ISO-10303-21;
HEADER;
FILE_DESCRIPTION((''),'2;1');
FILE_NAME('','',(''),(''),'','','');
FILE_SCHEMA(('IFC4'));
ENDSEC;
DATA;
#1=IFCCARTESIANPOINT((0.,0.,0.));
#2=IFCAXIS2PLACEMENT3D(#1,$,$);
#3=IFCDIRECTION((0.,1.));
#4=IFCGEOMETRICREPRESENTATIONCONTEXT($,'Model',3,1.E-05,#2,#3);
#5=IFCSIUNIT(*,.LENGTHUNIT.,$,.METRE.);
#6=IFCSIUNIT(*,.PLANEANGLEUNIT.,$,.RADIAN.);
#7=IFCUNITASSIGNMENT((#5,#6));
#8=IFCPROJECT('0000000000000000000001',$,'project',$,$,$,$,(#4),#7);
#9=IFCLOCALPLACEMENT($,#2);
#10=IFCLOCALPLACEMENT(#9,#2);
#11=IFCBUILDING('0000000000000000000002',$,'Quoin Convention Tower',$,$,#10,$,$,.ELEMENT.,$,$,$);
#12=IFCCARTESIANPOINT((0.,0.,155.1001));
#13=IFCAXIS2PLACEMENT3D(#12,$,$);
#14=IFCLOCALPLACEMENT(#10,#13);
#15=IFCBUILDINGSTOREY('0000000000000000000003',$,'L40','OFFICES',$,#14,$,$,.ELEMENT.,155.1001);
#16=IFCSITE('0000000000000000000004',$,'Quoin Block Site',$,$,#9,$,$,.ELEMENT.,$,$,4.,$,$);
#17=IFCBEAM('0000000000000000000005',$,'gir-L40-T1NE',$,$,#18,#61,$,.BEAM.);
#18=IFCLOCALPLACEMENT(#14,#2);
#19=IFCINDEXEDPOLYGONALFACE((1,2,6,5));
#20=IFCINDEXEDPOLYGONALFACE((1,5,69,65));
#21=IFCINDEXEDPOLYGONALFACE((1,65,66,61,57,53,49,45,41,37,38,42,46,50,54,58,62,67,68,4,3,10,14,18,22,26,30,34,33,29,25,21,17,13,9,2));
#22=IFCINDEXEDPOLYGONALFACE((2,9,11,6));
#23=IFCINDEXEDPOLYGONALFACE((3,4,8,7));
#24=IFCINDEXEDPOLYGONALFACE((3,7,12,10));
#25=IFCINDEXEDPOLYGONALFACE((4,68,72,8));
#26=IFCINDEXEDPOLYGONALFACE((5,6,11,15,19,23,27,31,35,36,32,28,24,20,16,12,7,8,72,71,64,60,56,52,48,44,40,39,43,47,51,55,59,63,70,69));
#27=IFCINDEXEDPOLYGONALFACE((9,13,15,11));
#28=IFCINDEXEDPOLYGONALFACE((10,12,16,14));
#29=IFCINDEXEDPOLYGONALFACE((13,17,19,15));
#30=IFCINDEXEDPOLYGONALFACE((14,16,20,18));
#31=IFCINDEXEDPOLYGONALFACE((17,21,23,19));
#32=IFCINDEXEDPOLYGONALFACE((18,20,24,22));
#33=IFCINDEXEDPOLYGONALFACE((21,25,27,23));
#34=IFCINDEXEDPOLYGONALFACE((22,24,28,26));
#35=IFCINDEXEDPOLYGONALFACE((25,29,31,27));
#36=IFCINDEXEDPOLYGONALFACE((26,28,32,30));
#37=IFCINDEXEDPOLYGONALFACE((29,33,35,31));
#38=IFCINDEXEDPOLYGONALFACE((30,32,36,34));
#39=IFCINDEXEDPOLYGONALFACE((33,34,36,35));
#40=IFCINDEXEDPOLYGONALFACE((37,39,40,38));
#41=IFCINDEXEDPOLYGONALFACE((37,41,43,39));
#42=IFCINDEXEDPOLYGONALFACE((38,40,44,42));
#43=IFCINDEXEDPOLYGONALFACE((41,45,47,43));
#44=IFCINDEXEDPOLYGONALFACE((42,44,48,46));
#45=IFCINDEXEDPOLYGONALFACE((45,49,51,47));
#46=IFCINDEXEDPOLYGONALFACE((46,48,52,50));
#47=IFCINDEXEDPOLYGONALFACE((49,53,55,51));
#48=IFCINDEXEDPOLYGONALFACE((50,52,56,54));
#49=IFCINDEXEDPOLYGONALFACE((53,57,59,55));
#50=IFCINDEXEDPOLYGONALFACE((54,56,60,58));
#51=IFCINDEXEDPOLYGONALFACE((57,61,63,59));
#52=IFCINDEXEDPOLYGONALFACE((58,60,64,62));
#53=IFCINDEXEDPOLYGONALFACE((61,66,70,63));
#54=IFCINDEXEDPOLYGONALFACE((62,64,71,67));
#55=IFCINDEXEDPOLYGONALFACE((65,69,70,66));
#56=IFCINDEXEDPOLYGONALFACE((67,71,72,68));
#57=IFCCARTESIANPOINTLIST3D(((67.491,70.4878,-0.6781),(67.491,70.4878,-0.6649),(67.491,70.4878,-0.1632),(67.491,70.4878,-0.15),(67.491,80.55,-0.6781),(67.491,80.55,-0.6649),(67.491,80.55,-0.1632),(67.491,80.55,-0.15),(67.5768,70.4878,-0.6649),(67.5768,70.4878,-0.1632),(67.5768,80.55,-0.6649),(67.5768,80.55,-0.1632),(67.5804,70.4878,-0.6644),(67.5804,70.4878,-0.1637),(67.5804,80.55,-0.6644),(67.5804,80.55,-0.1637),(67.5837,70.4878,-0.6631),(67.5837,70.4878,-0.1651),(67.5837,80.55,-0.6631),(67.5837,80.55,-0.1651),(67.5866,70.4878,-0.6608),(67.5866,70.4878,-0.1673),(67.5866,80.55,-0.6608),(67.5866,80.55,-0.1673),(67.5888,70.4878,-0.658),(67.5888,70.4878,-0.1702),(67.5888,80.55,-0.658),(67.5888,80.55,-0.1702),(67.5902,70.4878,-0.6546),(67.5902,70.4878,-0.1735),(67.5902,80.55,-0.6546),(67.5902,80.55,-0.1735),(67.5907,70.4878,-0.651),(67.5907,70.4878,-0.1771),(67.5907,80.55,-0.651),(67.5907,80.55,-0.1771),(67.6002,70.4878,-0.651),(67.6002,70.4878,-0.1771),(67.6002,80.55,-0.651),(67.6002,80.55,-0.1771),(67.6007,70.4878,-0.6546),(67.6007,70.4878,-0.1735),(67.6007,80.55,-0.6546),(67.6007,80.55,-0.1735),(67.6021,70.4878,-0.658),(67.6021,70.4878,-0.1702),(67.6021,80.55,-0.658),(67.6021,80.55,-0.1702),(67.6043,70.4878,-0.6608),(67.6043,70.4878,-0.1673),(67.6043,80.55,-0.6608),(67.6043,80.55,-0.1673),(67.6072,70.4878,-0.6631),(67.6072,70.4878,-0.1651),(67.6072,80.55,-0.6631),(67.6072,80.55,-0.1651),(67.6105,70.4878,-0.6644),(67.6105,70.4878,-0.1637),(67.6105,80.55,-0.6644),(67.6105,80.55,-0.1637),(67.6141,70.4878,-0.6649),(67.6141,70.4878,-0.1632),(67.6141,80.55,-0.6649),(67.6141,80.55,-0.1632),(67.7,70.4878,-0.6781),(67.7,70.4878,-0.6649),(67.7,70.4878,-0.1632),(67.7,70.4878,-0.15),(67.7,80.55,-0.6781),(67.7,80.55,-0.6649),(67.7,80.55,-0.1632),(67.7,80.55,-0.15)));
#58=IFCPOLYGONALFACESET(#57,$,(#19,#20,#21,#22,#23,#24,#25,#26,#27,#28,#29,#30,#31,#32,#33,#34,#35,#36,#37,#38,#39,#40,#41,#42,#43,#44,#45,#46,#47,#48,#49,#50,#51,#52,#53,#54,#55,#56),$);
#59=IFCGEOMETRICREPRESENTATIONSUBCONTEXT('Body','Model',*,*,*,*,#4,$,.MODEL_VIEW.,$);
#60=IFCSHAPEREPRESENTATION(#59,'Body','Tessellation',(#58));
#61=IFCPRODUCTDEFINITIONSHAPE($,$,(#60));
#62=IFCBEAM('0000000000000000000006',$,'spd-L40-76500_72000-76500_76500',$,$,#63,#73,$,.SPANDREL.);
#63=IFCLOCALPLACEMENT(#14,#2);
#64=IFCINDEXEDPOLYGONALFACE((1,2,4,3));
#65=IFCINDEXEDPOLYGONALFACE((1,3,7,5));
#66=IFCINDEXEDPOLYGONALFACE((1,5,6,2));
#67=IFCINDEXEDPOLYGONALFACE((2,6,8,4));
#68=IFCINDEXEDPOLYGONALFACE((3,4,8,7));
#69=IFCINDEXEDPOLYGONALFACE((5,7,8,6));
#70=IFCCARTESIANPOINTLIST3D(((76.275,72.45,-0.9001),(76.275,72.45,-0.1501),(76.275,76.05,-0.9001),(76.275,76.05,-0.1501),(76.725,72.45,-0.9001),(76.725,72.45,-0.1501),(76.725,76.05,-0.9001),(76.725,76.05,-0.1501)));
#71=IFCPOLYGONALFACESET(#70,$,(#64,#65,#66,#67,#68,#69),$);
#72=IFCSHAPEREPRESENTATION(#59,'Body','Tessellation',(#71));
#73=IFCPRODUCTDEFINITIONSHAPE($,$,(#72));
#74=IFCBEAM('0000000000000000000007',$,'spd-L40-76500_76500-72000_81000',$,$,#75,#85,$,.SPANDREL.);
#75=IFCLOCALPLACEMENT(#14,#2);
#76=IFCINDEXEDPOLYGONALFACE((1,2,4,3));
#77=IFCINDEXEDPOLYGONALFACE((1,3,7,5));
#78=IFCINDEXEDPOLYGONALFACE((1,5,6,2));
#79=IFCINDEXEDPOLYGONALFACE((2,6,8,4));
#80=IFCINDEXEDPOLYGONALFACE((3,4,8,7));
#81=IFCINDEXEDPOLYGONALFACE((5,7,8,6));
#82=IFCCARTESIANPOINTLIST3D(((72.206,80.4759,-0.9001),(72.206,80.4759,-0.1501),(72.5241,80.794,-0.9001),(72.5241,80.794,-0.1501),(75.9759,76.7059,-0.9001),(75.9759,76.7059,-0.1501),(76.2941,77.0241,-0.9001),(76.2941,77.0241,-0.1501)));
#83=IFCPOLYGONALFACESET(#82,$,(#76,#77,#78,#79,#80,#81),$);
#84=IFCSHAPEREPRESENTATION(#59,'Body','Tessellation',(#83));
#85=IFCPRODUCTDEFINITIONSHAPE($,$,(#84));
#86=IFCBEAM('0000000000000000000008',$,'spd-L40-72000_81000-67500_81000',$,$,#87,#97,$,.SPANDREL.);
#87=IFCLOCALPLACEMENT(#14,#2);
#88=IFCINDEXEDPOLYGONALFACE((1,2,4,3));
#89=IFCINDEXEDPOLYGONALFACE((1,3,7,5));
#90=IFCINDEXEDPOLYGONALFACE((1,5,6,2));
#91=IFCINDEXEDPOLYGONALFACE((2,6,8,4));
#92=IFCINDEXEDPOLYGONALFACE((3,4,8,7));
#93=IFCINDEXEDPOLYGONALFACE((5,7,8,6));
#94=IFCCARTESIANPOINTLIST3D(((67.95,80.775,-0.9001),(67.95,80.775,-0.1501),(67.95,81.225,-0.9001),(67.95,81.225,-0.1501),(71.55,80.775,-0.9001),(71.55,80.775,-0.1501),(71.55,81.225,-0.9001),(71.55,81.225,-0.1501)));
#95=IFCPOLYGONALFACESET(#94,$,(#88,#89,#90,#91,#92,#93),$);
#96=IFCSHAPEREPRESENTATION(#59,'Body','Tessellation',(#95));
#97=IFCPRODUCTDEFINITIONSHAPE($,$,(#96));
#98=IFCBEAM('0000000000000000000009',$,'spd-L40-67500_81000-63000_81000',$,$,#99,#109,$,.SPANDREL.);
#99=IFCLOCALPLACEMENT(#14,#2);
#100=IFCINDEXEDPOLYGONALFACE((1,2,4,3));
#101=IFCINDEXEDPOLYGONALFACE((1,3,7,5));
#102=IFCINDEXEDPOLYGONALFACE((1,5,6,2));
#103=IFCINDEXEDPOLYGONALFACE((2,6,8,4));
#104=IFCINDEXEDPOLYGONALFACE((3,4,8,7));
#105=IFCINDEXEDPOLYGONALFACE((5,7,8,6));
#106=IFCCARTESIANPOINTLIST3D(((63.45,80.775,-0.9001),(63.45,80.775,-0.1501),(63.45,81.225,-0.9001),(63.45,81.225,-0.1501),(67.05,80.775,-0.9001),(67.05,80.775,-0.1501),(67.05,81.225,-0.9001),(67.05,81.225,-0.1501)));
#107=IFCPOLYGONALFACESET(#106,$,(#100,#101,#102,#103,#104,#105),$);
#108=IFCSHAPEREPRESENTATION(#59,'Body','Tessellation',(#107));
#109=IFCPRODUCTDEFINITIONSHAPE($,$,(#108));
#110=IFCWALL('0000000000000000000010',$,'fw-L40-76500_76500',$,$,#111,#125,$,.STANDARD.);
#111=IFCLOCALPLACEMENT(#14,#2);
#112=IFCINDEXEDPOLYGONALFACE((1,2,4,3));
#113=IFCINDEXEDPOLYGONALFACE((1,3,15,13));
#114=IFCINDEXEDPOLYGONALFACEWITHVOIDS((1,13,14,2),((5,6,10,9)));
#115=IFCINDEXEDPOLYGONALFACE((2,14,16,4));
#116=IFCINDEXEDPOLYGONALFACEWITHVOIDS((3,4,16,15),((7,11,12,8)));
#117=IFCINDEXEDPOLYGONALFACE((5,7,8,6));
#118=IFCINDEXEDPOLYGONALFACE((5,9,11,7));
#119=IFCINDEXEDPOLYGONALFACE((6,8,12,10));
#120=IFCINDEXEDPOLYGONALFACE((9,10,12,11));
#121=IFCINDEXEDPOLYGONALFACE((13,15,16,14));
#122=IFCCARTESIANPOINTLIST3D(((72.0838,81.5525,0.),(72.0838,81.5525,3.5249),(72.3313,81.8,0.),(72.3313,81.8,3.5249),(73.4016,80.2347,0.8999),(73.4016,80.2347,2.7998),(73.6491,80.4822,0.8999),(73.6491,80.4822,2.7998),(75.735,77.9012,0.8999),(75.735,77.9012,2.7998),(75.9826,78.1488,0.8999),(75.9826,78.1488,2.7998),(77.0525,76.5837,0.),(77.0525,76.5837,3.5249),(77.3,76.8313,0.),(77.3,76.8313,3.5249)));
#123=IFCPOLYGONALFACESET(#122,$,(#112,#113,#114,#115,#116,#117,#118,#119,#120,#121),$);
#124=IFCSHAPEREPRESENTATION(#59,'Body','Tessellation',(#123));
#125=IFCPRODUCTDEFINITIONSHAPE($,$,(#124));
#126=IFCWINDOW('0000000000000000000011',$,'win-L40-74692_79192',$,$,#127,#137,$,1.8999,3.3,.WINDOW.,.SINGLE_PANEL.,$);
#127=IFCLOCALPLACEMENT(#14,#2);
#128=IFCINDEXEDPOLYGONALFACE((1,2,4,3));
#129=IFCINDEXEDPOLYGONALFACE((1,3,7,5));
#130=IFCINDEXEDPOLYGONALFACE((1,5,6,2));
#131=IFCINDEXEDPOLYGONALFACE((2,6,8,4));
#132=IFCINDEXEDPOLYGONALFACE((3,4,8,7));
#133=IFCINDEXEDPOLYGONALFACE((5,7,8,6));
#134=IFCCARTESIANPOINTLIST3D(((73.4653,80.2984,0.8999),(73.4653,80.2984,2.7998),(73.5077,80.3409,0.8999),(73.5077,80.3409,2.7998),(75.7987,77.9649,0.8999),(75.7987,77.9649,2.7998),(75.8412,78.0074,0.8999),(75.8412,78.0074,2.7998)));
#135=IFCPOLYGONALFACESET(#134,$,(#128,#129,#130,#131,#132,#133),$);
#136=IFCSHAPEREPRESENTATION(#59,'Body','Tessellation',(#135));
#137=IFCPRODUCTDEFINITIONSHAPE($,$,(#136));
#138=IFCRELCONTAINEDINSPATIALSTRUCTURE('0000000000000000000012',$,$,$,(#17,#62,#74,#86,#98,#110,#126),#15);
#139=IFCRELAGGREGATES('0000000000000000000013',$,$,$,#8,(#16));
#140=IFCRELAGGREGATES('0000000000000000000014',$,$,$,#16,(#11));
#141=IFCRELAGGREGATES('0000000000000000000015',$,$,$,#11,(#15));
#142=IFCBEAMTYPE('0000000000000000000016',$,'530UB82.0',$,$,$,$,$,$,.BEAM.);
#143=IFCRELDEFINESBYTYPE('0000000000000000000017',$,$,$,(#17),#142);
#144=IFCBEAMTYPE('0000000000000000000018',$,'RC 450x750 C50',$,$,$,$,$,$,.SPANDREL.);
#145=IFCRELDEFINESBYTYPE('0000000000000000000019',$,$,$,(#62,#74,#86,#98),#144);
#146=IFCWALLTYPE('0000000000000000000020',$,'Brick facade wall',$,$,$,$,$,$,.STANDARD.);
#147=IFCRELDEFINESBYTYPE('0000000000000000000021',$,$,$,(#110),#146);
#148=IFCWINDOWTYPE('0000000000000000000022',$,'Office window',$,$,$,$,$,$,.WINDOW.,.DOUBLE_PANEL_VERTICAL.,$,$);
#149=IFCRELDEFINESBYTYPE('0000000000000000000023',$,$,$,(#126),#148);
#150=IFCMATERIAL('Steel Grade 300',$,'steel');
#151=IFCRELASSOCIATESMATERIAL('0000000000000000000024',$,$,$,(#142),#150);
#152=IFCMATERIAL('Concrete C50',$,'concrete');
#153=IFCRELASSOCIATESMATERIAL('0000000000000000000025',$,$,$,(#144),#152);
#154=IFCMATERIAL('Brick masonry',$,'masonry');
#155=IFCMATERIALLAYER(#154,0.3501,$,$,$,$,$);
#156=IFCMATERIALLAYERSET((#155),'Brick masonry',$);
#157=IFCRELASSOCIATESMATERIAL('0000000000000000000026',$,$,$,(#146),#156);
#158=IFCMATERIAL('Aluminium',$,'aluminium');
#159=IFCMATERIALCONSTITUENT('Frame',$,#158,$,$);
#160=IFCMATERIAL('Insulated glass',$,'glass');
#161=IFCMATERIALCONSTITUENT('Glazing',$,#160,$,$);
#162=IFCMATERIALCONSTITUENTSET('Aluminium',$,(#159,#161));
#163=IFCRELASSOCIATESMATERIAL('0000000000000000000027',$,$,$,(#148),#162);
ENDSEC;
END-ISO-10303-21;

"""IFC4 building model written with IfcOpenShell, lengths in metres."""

from ifc_helpers import new_model, si_unit, direction, frame, frame_2d, origin, origin_2d, place, context, subcontext, project, spatial, rectangle, i_section, extrude, material, layer, layer_set, constituent, constituent_set, material_profile, profile_set, type_object, element, fill, save


model = new_model("IFC4")

# Units and contexts
model_context = context("Model", 3, precision=1e-05, world=origin(), true_north=direction((0.0, 1.0)))
body_context = subcontext(model_context, "Body", "Model", "MODEL_VIEW")
ifc_project = project(units=[si_unit("LENGTHUNIT", "METRE"), si_unit("PLANEANGLEUNIT", "RADIAN")], contexts=[model_context])

# Site, building, storey
site_placement = place(None, origin())
site = spatial("IfcSite", under=ifc_project, at=site_placement, Name="Quoin Block Site", CompositionType="ELEMENT", RefElevation=4.0)
building_placement = place(site_placement, origin())
building = spatial("IfcBuilding", under=site, at=building_placement, Name="Quoin Convention Tower", CompositionType="ELEMENT")
storey_placement = place(building_placement, frame((0.0, 0.0, 155.1001)))
storey = spatial("IfcBuildingStorey", under=building, at=storey_placement, Name="L40", Description="OFFICES", CompositionType="ELEMENT", Elevation=155.1001)

# Shared definitions
ifc_material_1 = material(Name="Concrete C50", Category="concrete")

# Beams
ifc_material_2 = material(Name="Steel Grade 300", Category="steel")
ifc_material_profile_1 = material_profile(ifc_material_2, i_section(OverallWidth=0.209, OverallDepth=0.5281, WebThickness=0.0095, FlangeThickness=0.0132, FilletRadius=0.0139, at=origin_2d()), Name="530UB82.0")
ifc_profile_set_1 = profile_set([ifc_material_profile_1], Name="Steel Grade 300")
beam_type_1 = type_object("IfcBeamType", Name="530UB82.0", PredefinedType="BEAM", material=ifc_profile_set_1)
beam_1_placement = place(storey_placement, frame((67.5955, 80.55, -0.4141), z_axis=(0.0, -1.0, 0.0), x_axis=(1.0, 0.0, 0.0)))
element("IfcBeam", 1, at=beam_1_placement, inside=storey, type_object=beam_type_1, Name="gir-L40-T1NE", PredefinedType="BEAM", context=body_context, shape_type="SweptSolid", body=[
    extrude(i_section(OverallWidth=0.209, OverallDepth=0.5281, WebThickness=0.0095, FlangeThickness=0.0132, FilletRadius=0.0139, at=origin_2d()), origin(), (0.0, 0.0, 1.0), 10.0623),
])
ifc_material_profile_2 = material_profile(ifc_material_1, rectangle(XDim=0.45, YDim=0.75, at=origin_2d()), Name="RC 450x750")
ifc_profile_set_2 = profile_set([ifc_material_profile_2], Name="Concrete C50")
beam_type_2 = type_object("IfcBeamType", Name="RC 450x750 C50", PredefinedType="SPANDREL", material=ifc_profile_set_2)
beam_2_placement = place(storey_placement, frame((76.5, 72.45, -0.5251), z_axis=(0.0, 1.0, 0.0), x_axis=(-1.0, 0.0, 0.0)))
element("IfcBeam", 2, at=beam_2_placement, inside=storey, type_object=beam_type_2, Name="spd-L40-76500_72000-76500_76500", PredefinedType="SPANDREL", context=body_context, shape_type="SweptSolid", body=[
    extrude(rectangle(XDim=0.45, YDim=0.75, at=origin_2d()), origin(), (0.0, 0.0, 1.0), 3.6001),
])
beam_3_placement = place(storey_placement, frame((76.135, 76.865, -0.5251), z_axis=(-0.707107, 0.707107, 0.0), x_axis=(-0.707107, -0.707107, 0.0)))
element("IfcBeam", 3, at=beam_3_placement, inside=storey, type_object=beam_type_2, Name="spd-L40-76500_76500-72000_81000", PredefinedType="SPANDREL", context=body_context, shape_type="SweptSolid", body=[
    extrude(rectangle(XDim=0.45, YDim=0.75, at=origin_2d()), origin(), (0.0, 0.0, 1.0), 5.3315),
])
for number, where, z_axis, x_axis, name in (
    (4, (71.55, 81.0, -0.5251), (-1.0, 0.0, 0.0), (0.0, -1.0, 0.0), "spd-L40-72000_81000-67500_81000"),
    (5, (67.05, 81.0, -0.5251), (-1.0, 0.0, 0.0), (0.0, -1.0, 0.0), "spd-L40-67500_81000-63000_81000"),
):
    element("IfcBeam", number, at=place(storey_placement, frame(where, z_axis=z_axis, x_axis=x_axis)), inside=storey, type_object=beam_type_2, Name=name, PredefinedType="SPANDREL", context=body_context, shape_type="SweptSolid", body=[
        extrude(rectangle(XDim=0.45, YDim=0.75, at=origin_2d()), origin(), (0.0, 0.0, 1.0), 3.6001),
    ])

# Wall, opening, window
ifc_material_3 = material(Name="Brick masonry", Category="masonry")
ifc_layer_1 = layer(ifc_material_3, 0.3501)
ifc_layer_set_1 = layer_set([ifc_layer_1], Name="Brick masonry")
wall_type_1 = type_object("IfcWallType", Name="Brick facade wall", PredefinedType="STANDARD", material=ifc_layer_set_1)
wall_1_placement = place(storey_placement, frame((77.1763, 76.7075, 0.0), z_axis=(0.0, 0.0, 1.0), x_axis=(-0.707107, 0.707107, 0.0)))
wall_1 = element("IfcWall", 6, at=wall_1_placement, inside=storey, type_object=wall_type_1, Name="fw-L40-76500_76500", PredefinedType="STANDARD", context=body_context, shape_type="SweptSolid", body=[
    extrude(rectangle(XDim=7.0269, YDim=0.3501, at=frame_2d((3.5134, 0.0))), origin(), (0.0, 0.0, 1.0), 3.5249),
])
opening_1_placement = place(wall_1_placement, frame((1.8633, 0.0, 0.8999)))
opening_1 = element("IfcOpeningElement", 7, at=opening_1_placement, cuts=wall_1, PredefinedType="OPENING", context=body_context, shape_type="SweptSolid", body=[
    extrude(rectangle(XDim=3.3, YDim=1.8999, at=frame_2d((1.6499, 0.95))), frame((0.0, 0.1851, 0.0), z_axis=(0.0, -1.0, 0.0), x_axis=(1.0, 0.0, 0.0)), (0.0, 0.0, 1.0), 0.3701),
])
ifc_material_4 = material(Name="Aluminium", Category="aluminium")
ifc_constituent_1 = constituent(ifc_material_4, Name="Frame")
ifc_material_5 = material(Name="Insulated glass", Category="glass")
ifc_constituent_2 = constituent(ifc_material_5, Name="Glazing")
ifc_constituent_set = constituent_set(constituents=[ifc_constituent_1, ifc_constituent_2], Name="Aluminium")
window_type = type_object("IfcWindowType", Name="Office window", PartitioningType="DOUBLE_PANEL_VERTICAL", PredefinedType="WINDOW", material=ifc_constituent_set)
window_1_placement = place(opening_1_placement, origin())
window_1 = element("IfcWindow", 8, at=window_1_placement, inside=storey, type_object=window_type, Name="win-L40-74692_79192", OverallHeight=1.8999, OverallWidth=3.3, PartitioningType="SINGLE_PANEL", PredefinedType="WINDOW", context=body_context, shape_type="SweptSolid", body=[
    extrude(rectangle(XDim=3.3, YDim=1.8999, at=frame_2d((1.6499, 0.95))), frame((0.0, 0.085, 0.0), z_axis=(0.0, -1.0, 0.0), x_axis=(1.0, 0.0, 0.0)), (0.0, 0.0, 1.0), 0.0601),
])
fill(opening_1, window_1)

save(model, "model.ifc")
